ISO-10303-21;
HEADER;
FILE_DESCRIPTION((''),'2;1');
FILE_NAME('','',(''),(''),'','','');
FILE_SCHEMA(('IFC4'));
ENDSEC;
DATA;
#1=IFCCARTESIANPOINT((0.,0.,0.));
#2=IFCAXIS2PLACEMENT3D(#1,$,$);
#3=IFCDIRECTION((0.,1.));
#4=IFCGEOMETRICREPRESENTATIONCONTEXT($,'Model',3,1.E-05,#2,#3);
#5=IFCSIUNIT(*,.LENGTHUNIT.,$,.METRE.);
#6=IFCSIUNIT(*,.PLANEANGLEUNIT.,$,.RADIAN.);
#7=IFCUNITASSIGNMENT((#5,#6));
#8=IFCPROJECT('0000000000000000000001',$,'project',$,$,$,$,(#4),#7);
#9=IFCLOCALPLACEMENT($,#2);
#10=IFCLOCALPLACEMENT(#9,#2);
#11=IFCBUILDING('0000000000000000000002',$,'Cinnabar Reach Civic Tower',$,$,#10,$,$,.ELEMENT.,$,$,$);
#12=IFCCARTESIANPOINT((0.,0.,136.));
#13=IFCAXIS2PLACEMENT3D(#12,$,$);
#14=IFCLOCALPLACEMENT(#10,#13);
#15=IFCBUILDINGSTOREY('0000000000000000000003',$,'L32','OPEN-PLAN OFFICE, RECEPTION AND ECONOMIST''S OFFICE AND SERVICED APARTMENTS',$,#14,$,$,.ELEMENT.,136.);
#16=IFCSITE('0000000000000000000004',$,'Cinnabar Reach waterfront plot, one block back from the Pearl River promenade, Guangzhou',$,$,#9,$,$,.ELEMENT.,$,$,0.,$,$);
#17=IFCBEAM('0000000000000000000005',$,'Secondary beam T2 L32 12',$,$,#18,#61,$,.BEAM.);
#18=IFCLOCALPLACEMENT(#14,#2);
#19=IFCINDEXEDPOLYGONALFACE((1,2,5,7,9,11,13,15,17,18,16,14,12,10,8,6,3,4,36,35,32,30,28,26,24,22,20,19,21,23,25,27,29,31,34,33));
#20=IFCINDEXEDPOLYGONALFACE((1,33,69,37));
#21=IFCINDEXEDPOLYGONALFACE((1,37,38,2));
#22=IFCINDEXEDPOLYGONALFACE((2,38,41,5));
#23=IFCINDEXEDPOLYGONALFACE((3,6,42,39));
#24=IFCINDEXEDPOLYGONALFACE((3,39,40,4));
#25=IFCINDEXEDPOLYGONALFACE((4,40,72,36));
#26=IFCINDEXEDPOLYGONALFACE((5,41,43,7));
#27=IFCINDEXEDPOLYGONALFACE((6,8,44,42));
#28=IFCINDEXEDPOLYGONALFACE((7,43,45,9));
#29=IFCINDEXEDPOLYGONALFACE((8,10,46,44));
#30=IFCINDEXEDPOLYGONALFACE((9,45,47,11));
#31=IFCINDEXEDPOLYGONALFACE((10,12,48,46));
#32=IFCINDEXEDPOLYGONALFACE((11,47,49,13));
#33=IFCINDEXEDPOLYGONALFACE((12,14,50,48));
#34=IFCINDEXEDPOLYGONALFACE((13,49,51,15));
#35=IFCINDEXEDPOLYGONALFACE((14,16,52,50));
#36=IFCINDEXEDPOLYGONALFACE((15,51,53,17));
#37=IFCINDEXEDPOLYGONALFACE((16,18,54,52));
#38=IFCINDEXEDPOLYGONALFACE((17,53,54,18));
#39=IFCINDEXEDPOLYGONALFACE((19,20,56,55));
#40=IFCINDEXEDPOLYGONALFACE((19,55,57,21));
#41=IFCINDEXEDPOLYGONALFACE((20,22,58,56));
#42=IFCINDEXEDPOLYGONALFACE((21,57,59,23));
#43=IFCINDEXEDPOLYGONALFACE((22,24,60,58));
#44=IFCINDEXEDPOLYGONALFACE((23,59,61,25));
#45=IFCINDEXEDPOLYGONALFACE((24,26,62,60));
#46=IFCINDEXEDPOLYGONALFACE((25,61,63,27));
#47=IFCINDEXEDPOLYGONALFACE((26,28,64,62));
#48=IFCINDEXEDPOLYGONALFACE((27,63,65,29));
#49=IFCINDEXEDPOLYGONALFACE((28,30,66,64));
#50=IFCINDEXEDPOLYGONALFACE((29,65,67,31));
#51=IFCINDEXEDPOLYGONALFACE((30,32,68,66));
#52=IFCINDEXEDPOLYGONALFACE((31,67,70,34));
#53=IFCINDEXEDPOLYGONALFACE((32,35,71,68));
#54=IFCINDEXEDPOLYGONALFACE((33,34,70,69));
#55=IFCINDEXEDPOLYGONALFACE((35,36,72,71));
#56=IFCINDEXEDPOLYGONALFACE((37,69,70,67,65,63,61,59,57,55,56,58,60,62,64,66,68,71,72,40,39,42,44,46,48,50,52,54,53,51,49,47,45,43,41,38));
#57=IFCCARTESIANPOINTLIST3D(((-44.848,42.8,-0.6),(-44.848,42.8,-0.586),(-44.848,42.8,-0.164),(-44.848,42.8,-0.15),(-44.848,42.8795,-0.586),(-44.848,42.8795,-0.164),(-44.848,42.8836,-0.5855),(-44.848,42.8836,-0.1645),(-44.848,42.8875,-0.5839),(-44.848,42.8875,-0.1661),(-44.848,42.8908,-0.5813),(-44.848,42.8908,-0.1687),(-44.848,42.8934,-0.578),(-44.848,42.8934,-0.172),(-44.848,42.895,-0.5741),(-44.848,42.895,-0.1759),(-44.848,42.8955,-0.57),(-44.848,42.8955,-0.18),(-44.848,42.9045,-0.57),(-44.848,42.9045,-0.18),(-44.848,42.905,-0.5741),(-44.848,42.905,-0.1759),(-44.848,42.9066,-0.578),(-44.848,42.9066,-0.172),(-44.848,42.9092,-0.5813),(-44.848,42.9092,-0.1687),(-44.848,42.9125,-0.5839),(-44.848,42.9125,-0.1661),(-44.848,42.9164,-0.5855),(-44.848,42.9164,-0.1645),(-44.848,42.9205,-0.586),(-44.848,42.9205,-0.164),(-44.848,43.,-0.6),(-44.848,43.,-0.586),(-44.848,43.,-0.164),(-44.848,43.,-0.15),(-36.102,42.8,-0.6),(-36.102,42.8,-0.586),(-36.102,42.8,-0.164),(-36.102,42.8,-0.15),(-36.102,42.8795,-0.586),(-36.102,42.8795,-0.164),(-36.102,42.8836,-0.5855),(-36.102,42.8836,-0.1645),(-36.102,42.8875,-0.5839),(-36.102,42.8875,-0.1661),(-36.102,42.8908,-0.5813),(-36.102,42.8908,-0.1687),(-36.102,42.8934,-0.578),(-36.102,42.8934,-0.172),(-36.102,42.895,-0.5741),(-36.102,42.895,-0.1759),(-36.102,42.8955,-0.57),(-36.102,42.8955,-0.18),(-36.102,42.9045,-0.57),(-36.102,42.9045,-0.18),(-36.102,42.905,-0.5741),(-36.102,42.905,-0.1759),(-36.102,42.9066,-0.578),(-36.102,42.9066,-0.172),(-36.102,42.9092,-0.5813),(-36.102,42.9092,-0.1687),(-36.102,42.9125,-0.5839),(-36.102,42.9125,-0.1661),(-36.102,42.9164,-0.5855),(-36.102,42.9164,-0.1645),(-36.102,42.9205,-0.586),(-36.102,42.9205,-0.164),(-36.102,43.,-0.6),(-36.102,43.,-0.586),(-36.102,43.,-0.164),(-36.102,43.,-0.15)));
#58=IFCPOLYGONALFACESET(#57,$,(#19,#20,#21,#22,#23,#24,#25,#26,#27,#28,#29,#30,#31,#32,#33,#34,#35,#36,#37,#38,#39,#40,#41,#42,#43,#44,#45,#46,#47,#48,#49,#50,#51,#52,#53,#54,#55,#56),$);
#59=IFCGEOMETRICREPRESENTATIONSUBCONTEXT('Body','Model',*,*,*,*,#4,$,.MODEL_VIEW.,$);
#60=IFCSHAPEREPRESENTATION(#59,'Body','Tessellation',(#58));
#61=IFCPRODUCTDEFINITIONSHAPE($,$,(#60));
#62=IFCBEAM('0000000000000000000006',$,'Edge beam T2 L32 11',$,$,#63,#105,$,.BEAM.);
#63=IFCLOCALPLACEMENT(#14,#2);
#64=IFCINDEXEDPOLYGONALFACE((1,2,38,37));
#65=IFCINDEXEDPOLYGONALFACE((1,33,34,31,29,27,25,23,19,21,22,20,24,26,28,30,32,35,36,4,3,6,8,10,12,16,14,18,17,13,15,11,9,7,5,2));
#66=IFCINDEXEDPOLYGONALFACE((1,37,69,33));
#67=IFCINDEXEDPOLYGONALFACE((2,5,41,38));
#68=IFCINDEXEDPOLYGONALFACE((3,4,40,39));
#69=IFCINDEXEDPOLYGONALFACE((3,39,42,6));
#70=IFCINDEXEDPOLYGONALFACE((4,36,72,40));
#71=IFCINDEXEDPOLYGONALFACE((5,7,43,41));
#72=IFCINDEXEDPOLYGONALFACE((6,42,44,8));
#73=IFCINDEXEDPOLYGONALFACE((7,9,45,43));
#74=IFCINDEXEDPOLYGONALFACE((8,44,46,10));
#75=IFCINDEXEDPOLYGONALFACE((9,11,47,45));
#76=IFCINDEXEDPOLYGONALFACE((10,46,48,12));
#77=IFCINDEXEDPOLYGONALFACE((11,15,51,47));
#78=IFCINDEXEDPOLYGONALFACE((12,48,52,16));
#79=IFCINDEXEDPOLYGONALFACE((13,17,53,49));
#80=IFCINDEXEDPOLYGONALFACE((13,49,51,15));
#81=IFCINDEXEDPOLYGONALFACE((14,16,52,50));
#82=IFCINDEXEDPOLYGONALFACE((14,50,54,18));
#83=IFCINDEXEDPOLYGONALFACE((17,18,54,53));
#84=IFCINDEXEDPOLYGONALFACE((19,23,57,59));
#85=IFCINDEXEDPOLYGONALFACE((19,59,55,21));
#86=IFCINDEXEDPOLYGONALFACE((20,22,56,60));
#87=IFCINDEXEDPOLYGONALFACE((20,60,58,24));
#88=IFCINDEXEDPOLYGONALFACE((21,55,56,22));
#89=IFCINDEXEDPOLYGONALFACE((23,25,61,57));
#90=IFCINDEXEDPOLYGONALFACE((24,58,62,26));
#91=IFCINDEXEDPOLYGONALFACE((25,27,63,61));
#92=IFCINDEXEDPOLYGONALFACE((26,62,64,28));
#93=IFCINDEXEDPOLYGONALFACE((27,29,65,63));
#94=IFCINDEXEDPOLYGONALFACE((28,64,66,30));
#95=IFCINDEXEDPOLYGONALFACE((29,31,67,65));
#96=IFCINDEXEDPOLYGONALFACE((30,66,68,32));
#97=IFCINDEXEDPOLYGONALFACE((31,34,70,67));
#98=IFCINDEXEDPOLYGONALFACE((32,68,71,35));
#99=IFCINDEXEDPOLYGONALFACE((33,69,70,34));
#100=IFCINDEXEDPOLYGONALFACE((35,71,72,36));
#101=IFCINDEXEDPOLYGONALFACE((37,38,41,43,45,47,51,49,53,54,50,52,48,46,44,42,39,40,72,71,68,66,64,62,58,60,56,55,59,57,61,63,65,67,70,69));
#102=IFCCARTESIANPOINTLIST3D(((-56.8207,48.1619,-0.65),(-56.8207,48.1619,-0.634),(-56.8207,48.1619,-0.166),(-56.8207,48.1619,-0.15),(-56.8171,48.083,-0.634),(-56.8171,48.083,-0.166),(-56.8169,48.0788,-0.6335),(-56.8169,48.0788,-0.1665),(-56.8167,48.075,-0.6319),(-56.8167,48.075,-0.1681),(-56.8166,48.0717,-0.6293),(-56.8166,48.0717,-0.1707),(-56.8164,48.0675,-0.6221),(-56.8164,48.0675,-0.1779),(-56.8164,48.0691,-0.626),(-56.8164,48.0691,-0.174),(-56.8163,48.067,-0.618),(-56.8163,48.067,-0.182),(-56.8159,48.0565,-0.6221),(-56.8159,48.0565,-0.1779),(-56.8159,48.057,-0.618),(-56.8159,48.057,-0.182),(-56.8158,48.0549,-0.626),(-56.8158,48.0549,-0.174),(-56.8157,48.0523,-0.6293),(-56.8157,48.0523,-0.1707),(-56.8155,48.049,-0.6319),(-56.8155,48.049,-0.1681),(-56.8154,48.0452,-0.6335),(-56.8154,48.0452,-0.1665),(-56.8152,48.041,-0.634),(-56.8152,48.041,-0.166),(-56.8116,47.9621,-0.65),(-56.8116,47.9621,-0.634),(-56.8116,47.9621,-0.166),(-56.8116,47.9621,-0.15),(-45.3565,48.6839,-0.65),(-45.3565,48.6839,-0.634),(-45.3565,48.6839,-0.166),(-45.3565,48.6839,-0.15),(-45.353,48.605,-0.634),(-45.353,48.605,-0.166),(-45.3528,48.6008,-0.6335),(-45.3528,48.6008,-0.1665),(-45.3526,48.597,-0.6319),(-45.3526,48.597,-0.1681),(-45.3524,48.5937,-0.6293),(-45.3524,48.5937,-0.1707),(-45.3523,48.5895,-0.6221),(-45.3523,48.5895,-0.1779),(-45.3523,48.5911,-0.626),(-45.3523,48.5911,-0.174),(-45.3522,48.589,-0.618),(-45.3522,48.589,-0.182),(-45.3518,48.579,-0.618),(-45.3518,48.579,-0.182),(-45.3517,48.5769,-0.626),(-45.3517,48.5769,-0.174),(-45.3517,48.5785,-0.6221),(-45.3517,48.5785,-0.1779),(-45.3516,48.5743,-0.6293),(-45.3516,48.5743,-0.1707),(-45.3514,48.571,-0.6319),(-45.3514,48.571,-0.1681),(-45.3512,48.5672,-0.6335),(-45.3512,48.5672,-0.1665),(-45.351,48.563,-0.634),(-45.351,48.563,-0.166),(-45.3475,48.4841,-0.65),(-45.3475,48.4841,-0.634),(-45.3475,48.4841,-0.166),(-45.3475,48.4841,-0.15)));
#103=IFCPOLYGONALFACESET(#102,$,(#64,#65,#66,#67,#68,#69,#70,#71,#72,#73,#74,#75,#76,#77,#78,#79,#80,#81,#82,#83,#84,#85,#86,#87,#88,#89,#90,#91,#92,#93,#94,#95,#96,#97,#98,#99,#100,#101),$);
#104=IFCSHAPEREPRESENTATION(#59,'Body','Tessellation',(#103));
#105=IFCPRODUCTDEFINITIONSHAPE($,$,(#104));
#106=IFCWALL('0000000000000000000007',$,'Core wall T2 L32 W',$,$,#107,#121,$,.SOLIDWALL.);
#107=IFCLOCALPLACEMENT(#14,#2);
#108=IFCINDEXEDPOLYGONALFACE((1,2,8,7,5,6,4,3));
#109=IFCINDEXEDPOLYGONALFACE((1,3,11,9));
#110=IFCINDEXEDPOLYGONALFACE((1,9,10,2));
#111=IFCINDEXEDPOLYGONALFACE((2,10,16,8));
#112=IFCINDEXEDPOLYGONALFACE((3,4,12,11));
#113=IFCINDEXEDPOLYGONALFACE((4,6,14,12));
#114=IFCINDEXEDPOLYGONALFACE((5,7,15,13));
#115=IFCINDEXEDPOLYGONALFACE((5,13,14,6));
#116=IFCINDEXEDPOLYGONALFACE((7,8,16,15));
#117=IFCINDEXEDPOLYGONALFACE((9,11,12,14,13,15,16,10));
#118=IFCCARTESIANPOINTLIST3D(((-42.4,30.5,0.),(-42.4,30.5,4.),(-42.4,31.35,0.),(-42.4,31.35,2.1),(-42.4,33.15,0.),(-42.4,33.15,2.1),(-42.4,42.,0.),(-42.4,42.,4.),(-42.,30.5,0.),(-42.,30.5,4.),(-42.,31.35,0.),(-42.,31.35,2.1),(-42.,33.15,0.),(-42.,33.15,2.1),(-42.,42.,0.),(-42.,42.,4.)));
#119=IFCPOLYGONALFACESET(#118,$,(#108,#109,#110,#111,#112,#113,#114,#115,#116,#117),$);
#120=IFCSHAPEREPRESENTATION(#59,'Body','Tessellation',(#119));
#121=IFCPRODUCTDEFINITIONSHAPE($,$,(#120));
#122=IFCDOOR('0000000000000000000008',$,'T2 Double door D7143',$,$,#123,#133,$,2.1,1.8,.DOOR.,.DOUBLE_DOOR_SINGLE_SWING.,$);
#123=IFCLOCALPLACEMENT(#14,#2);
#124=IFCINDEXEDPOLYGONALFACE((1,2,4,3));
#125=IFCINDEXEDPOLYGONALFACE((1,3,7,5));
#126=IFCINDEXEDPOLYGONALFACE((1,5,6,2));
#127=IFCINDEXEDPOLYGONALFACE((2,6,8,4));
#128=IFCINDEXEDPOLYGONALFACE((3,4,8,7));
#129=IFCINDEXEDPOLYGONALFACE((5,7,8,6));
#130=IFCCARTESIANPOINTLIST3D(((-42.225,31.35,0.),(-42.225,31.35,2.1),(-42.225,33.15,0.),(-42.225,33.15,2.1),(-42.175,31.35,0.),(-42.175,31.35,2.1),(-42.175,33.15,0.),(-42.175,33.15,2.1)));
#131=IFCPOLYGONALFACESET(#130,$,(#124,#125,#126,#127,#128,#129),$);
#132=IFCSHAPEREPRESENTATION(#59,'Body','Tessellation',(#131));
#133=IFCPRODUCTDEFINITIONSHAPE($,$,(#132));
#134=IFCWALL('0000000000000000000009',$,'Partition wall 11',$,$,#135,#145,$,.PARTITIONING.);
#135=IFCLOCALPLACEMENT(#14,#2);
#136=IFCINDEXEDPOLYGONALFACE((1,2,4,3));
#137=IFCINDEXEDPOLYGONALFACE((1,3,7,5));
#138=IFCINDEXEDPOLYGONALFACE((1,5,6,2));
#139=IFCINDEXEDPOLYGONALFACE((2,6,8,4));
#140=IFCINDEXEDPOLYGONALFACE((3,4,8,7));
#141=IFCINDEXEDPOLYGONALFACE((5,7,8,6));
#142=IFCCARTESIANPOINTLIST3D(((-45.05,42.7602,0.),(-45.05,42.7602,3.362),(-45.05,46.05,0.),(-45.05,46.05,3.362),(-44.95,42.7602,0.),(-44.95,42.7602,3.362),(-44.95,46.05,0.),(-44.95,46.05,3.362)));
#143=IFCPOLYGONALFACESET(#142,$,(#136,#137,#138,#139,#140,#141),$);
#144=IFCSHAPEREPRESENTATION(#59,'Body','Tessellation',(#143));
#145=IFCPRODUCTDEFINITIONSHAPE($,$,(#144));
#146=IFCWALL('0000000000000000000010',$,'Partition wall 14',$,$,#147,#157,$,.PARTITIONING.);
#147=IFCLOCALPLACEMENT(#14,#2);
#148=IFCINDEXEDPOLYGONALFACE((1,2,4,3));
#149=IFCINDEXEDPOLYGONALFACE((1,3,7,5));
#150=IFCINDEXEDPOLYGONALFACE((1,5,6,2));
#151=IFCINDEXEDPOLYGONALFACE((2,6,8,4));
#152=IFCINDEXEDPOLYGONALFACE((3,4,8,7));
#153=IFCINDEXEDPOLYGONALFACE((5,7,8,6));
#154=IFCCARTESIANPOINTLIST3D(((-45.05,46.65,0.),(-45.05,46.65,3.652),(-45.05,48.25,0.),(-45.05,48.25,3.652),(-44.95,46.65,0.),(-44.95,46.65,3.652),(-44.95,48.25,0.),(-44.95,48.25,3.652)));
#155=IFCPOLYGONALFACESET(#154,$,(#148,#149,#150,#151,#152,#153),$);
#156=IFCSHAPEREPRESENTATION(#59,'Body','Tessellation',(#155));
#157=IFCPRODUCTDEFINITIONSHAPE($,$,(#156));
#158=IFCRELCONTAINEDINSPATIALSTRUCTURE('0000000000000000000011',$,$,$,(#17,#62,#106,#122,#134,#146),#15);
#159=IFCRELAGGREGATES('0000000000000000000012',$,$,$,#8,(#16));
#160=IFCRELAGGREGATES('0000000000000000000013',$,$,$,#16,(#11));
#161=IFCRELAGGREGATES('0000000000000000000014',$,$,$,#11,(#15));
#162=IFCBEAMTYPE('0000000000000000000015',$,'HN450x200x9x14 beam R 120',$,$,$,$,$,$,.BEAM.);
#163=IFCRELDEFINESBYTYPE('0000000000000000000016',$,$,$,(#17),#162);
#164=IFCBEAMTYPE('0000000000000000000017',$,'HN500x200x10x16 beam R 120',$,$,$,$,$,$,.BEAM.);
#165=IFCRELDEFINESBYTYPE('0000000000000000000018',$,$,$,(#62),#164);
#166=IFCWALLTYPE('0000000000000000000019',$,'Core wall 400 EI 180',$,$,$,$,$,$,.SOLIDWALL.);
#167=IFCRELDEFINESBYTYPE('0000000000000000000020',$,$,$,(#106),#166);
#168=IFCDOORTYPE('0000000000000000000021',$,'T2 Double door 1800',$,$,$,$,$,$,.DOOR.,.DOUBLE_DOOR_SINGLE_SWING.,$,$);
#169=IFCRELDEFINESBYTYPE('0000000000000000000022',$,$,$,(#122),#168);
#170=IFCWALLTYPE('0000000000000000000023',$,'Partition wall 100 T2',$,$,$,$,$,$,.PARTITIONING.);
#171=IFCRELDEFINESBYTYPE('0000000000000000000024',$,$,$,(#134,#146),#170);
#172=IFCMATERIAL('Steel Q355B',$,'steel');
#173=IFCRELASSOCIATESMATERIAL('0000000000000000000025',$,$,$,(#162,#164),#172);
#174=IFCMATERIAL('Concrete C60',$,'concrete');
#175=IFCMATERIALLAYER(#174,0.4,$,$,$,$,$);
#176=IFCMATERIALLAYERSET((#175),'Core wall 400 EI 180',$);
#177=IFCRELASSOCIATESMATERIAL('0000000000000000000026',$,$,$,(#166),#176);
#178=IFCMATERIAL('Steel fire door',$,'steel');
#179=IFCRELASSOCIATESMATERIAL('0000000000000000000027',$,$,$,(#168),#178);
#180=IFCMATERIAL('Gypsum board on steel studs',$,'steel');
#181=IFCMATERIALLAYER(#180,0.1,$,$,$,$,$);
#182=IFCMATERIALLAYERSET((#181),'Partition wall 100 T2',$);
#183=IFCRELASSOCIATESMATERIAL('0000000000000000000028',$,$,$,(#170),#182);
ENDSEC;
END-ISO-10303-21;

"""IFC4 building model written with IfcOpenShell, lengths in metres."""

from ifc_helpers import new_model, si_unit, direction, frame, frame_2d, origin, origin_2d, place, context, subcontext, project, spatial, rectangle, i_section, extrude, material, layer, layer_set, material_profile, profile_set, type_object, element, fill, save


model = new_model("IFC4")

# Units and contexts
model_context = context("Model", 3, precision=1e-05, world=origin(), true_north=direction((0.0, 1.0)))
body_context = subcontext(model_context, "Body", "Model", "MODEL_VIEW")
ifc_project = project(units=[si_unit("LENGTHUNIT", "METRE"), si_unit("PLANEANGLEUNIT", "RADIAN")], contexts=[model_context])

# Site, building, storey
site_placement = place(None, origin())
site = spatial("IfcSite", under=ifc_project, at=site_placement, Name="Cinnabar Reach waterfront plot, one block back from the Pearl River promenade, Guangzhou", CompositionType="ELEMENT", RefElevation=0.0)
building_placement = place(site_placement, origin())
building = spatial("IfcBuilding", under=site, at=building_placement, Name="Cinnabar Reach Civic Tower", CompositionType="ELEMENT")
storey_placement = place(building_placement, frame((0.0, 0.0, 136.0)))
storey = spatial("IfcBuildingStorey", under=building, at=storey_placement, Name="L32", Description="OPEN-PLAN OFFICE, RECEPTION AND ECONOMIST'S OFFICE AND SERVICED APARTMENTS", CompositionType="ELEMENT", Elevation=136.0)

# Shared definitions
ifc_material_1 = material(Name="Concrete C60", Category="concrete")

# Beams
ifc_material_2 = material(Name="Steel Q355B", Category="steel")
ifc_material_profile_1 = material_profile(ifc_material_2, i_section(OverallWidth=0.2, OverallDepth=0.45, WebThickness=0.009, FlangeThickness=0.014, FilletRadius=0.016, at=origin_2d()), Name="HN450x200x9x14")
ifc_profile_set_1 = profile_set([ifc_material_profile_1], Name="Steel Q355B")
beam_type_1 = type_object("IfcBeamType", Name="HN450x200x9x14 beam R 120", PredefinedType="BEAM", material=ifc_profile_set_1)
beam_1_placement = place(storey_placement, frame((-44.848, 42.9, -0.375), z_axis=(1.0, 0.0, 0.0), x_axis=(0.0, 1.0, 0.0)))
element("IfcBeam", 1, at=beam_1_placement, inside=storey, type_object=beam_type_1, Name="Secondary beam T2 L32 12", PredefinedType="BEAM", context=body_context, shape_type="SweptSolid", body=[
    extrude(i_section(OverallWidth=0.2, OverallDepth=0.45, WebThickness=0.009, FlangeThickness=0.014, FilletRadius=0.016, at=origin_2d()), origin(), (0.0, 0.0, 1.0), 8.746),
])
ifc_material_profile_2 = material_profile(ifc_material_2, i_section(OverallWidth=0.2, OverallDepth=0.5, WebThickness=0.01, FlangeThickness=0.016, FilletRadius=0.016, at=origin_2d()), Name="HN500x200x10x16")
ifc_profile_set_2 = profile_set([ifc_material_profile_2], Name="Steel Q355B")
beam_type_2 = type_object("IfcBeamType", Name="HN500x200x10x16 beam R 120", PredefinedType="BEAM", material=ifc_profile_set_2)
beam_2_placement = place(storey_placement, frame((-45.352, 48.584, -0.4), z_axis=(-0.998965, -0.045486, 0.0), x_axis=(0.045486, -0.998965, 0.0)))
element("IfcBeam", 2, at=beam_2_placement, inside=storey, type_object=beam_type_2, Name="Edge beam T2 L32 11", PredefinedType="BEAM", context=body_context, shape_type="SweptSolid", body=[
    extrude(i_section(OverallWidth=0.2, OverallDepth=0.5, WebThickness=0.01, FlangeThickness=0.016, FilletRadius=0.016, at=origin_2d()), origin(), (0.0, 0.0, 1.0), 11.476),
])

# Wall, opening, door
ifc_layer_1 = layer(ifc_material_1, 0.4)
ifc_layer_set_1 = layer_set([ifc_layer_1], Name="Core wall 400 EI 180")
wall_type_1 = type_object("IfcWallType", Name="Core wall 400 EI 180", PredefinedType="SOLIDWALL", material=ifc_layer_set_1)
wall_1_placement = place(storey_placement, frame((-42.2, 42.0, 0.0), z_axis=(0.0, 0.0, 1.0), x_axis=(0.0, -1.0, 0.0)))
wall_1 = element("IfcWall", 3, at=wall_1_placement, inside=storey, type_object=wall_type_1, Name="Core wall T2 L32 W", PredefinedType="SOLIDWALL", context=body_context, shape_type="SweptSolid", body=[
    extrude(rectangle(XDim=11.5, YDim=0.4, at=frame_2d((5.75, 0.0))), origin(), (0.0, 0.0, 1.0), 4.0),
])
opening_1_placement = place(wall_1_placement, frame((8.85, 0.0, 0.0)))
opening_1 = element("IfcOpeningElement", 4, at=opening_1_placement, cuts=wall_1, PredefinedType="OPENING", context=body_context, shape_type="SweptSolid", body=[
    extrude(rectangle(XDim=1.8, YDim=2.1, at=frame_2d((0.9, 1.05))), frame((0.0, 0.21, 0.0), z_axis=(0.0, -1.0, 0.0), x_axis=(1.0, 0.0, 0.0)), (0.0, 0.0, 1.0), 0.42),
])
ifc_material_3 = material(Name="Steel fire door", Category="steel")
door_type_1 = type_object("IfcDoorType", Name="T2 Double door 1800", OperationType="DOUBLE_DOOR_SINGLE_SWING", PredefinedType="DOOR", material=ifc_material_3)
door_1_placement = place(opening_1_placement, frame((1.8, 0.0, 0.0), z_axis=(0.0, 0.0, 1.0), x_axis=(-1.0, 0.0, 0.0)))
door_1 = element("IfcDoor", 5, at=door_1_placement, inside=storey, type_object=door_type_1, Name="T2 Double door D7143", OperationType="DOUBLE_DOOR_SINGLE_SWING", OverallHeight=2.1, OverallWidth=1.8, PredefinedType="DOOR", context=body_context, shape_type="SweptSolid", body=[
    extrude(rectangle(XDim=1.8, YDim=2.1, at=frame_2d((0.9, 1.05))), frame((0.0, 0.025, 0.0), z_axis=(0.0, -1.0, 0.0), x_axis=(1.0, 0.0, 0.0)), (0.0, 0.0, 1.0), 0.05),
])
fill(opening_1, door_1)

# Walls
ifc_material_4 = material(Name="Gypsum board on steel studs", Category="steel")
ifc_layer_2 = layer(ifc_material_4, 0.1)
ifc_layer_set_2 = layer_set([ifc_layer_2], Name="Partition wall 100 T2")
wall_type_2 = type_object("IfcWallType", Name="Partition wall 100 T2", PredefinedType="PARTITIONING", material=ifc_layer_set_2)
wall_2_placement = place(storey_placement, frame((-45.0, 42.7602, 0.0), z_axis=(0.0, 0.0, 1.0), x_axis=(0.0, 1.0, 0.0)))
element("IfcWall", 6, at=wall_2_placement, inside=storey, type_object=wall_type_2, Name="Partition wall 11", PredefinedType="PARTITIONING", context=body_context, shape_type="SweptSolid", body=[
    extrude(rectangle(XDim=3.2898, YDim=0.1, at=frame_2d((1.6449, 0.0))), origin(), (0.0, 0.0, 1.0), 3.362),
])
wall_3_placement = place(storey_placement, frame((-45.0, 46.65, 0.0), z_axis=(0.0, 0.0, 1.0), x_axis=(0.0, 1.0, 0.0)))
element("IfcWall", 7, at=wall_3_placement, inside=storey, type_object=wall_type_2, Name="Partition wall 14", PredefinedType="PARTITIONING", context=body_context, shape_type="SweptSolid", body=[
    extrude(rectangle(XDim=1.6, YDim=0.1, at=frame_2d((0.8, 0.0))), origin(), (0.0, 0.0, 1.0), 3.652),
])

save(model, "model.ifc")
